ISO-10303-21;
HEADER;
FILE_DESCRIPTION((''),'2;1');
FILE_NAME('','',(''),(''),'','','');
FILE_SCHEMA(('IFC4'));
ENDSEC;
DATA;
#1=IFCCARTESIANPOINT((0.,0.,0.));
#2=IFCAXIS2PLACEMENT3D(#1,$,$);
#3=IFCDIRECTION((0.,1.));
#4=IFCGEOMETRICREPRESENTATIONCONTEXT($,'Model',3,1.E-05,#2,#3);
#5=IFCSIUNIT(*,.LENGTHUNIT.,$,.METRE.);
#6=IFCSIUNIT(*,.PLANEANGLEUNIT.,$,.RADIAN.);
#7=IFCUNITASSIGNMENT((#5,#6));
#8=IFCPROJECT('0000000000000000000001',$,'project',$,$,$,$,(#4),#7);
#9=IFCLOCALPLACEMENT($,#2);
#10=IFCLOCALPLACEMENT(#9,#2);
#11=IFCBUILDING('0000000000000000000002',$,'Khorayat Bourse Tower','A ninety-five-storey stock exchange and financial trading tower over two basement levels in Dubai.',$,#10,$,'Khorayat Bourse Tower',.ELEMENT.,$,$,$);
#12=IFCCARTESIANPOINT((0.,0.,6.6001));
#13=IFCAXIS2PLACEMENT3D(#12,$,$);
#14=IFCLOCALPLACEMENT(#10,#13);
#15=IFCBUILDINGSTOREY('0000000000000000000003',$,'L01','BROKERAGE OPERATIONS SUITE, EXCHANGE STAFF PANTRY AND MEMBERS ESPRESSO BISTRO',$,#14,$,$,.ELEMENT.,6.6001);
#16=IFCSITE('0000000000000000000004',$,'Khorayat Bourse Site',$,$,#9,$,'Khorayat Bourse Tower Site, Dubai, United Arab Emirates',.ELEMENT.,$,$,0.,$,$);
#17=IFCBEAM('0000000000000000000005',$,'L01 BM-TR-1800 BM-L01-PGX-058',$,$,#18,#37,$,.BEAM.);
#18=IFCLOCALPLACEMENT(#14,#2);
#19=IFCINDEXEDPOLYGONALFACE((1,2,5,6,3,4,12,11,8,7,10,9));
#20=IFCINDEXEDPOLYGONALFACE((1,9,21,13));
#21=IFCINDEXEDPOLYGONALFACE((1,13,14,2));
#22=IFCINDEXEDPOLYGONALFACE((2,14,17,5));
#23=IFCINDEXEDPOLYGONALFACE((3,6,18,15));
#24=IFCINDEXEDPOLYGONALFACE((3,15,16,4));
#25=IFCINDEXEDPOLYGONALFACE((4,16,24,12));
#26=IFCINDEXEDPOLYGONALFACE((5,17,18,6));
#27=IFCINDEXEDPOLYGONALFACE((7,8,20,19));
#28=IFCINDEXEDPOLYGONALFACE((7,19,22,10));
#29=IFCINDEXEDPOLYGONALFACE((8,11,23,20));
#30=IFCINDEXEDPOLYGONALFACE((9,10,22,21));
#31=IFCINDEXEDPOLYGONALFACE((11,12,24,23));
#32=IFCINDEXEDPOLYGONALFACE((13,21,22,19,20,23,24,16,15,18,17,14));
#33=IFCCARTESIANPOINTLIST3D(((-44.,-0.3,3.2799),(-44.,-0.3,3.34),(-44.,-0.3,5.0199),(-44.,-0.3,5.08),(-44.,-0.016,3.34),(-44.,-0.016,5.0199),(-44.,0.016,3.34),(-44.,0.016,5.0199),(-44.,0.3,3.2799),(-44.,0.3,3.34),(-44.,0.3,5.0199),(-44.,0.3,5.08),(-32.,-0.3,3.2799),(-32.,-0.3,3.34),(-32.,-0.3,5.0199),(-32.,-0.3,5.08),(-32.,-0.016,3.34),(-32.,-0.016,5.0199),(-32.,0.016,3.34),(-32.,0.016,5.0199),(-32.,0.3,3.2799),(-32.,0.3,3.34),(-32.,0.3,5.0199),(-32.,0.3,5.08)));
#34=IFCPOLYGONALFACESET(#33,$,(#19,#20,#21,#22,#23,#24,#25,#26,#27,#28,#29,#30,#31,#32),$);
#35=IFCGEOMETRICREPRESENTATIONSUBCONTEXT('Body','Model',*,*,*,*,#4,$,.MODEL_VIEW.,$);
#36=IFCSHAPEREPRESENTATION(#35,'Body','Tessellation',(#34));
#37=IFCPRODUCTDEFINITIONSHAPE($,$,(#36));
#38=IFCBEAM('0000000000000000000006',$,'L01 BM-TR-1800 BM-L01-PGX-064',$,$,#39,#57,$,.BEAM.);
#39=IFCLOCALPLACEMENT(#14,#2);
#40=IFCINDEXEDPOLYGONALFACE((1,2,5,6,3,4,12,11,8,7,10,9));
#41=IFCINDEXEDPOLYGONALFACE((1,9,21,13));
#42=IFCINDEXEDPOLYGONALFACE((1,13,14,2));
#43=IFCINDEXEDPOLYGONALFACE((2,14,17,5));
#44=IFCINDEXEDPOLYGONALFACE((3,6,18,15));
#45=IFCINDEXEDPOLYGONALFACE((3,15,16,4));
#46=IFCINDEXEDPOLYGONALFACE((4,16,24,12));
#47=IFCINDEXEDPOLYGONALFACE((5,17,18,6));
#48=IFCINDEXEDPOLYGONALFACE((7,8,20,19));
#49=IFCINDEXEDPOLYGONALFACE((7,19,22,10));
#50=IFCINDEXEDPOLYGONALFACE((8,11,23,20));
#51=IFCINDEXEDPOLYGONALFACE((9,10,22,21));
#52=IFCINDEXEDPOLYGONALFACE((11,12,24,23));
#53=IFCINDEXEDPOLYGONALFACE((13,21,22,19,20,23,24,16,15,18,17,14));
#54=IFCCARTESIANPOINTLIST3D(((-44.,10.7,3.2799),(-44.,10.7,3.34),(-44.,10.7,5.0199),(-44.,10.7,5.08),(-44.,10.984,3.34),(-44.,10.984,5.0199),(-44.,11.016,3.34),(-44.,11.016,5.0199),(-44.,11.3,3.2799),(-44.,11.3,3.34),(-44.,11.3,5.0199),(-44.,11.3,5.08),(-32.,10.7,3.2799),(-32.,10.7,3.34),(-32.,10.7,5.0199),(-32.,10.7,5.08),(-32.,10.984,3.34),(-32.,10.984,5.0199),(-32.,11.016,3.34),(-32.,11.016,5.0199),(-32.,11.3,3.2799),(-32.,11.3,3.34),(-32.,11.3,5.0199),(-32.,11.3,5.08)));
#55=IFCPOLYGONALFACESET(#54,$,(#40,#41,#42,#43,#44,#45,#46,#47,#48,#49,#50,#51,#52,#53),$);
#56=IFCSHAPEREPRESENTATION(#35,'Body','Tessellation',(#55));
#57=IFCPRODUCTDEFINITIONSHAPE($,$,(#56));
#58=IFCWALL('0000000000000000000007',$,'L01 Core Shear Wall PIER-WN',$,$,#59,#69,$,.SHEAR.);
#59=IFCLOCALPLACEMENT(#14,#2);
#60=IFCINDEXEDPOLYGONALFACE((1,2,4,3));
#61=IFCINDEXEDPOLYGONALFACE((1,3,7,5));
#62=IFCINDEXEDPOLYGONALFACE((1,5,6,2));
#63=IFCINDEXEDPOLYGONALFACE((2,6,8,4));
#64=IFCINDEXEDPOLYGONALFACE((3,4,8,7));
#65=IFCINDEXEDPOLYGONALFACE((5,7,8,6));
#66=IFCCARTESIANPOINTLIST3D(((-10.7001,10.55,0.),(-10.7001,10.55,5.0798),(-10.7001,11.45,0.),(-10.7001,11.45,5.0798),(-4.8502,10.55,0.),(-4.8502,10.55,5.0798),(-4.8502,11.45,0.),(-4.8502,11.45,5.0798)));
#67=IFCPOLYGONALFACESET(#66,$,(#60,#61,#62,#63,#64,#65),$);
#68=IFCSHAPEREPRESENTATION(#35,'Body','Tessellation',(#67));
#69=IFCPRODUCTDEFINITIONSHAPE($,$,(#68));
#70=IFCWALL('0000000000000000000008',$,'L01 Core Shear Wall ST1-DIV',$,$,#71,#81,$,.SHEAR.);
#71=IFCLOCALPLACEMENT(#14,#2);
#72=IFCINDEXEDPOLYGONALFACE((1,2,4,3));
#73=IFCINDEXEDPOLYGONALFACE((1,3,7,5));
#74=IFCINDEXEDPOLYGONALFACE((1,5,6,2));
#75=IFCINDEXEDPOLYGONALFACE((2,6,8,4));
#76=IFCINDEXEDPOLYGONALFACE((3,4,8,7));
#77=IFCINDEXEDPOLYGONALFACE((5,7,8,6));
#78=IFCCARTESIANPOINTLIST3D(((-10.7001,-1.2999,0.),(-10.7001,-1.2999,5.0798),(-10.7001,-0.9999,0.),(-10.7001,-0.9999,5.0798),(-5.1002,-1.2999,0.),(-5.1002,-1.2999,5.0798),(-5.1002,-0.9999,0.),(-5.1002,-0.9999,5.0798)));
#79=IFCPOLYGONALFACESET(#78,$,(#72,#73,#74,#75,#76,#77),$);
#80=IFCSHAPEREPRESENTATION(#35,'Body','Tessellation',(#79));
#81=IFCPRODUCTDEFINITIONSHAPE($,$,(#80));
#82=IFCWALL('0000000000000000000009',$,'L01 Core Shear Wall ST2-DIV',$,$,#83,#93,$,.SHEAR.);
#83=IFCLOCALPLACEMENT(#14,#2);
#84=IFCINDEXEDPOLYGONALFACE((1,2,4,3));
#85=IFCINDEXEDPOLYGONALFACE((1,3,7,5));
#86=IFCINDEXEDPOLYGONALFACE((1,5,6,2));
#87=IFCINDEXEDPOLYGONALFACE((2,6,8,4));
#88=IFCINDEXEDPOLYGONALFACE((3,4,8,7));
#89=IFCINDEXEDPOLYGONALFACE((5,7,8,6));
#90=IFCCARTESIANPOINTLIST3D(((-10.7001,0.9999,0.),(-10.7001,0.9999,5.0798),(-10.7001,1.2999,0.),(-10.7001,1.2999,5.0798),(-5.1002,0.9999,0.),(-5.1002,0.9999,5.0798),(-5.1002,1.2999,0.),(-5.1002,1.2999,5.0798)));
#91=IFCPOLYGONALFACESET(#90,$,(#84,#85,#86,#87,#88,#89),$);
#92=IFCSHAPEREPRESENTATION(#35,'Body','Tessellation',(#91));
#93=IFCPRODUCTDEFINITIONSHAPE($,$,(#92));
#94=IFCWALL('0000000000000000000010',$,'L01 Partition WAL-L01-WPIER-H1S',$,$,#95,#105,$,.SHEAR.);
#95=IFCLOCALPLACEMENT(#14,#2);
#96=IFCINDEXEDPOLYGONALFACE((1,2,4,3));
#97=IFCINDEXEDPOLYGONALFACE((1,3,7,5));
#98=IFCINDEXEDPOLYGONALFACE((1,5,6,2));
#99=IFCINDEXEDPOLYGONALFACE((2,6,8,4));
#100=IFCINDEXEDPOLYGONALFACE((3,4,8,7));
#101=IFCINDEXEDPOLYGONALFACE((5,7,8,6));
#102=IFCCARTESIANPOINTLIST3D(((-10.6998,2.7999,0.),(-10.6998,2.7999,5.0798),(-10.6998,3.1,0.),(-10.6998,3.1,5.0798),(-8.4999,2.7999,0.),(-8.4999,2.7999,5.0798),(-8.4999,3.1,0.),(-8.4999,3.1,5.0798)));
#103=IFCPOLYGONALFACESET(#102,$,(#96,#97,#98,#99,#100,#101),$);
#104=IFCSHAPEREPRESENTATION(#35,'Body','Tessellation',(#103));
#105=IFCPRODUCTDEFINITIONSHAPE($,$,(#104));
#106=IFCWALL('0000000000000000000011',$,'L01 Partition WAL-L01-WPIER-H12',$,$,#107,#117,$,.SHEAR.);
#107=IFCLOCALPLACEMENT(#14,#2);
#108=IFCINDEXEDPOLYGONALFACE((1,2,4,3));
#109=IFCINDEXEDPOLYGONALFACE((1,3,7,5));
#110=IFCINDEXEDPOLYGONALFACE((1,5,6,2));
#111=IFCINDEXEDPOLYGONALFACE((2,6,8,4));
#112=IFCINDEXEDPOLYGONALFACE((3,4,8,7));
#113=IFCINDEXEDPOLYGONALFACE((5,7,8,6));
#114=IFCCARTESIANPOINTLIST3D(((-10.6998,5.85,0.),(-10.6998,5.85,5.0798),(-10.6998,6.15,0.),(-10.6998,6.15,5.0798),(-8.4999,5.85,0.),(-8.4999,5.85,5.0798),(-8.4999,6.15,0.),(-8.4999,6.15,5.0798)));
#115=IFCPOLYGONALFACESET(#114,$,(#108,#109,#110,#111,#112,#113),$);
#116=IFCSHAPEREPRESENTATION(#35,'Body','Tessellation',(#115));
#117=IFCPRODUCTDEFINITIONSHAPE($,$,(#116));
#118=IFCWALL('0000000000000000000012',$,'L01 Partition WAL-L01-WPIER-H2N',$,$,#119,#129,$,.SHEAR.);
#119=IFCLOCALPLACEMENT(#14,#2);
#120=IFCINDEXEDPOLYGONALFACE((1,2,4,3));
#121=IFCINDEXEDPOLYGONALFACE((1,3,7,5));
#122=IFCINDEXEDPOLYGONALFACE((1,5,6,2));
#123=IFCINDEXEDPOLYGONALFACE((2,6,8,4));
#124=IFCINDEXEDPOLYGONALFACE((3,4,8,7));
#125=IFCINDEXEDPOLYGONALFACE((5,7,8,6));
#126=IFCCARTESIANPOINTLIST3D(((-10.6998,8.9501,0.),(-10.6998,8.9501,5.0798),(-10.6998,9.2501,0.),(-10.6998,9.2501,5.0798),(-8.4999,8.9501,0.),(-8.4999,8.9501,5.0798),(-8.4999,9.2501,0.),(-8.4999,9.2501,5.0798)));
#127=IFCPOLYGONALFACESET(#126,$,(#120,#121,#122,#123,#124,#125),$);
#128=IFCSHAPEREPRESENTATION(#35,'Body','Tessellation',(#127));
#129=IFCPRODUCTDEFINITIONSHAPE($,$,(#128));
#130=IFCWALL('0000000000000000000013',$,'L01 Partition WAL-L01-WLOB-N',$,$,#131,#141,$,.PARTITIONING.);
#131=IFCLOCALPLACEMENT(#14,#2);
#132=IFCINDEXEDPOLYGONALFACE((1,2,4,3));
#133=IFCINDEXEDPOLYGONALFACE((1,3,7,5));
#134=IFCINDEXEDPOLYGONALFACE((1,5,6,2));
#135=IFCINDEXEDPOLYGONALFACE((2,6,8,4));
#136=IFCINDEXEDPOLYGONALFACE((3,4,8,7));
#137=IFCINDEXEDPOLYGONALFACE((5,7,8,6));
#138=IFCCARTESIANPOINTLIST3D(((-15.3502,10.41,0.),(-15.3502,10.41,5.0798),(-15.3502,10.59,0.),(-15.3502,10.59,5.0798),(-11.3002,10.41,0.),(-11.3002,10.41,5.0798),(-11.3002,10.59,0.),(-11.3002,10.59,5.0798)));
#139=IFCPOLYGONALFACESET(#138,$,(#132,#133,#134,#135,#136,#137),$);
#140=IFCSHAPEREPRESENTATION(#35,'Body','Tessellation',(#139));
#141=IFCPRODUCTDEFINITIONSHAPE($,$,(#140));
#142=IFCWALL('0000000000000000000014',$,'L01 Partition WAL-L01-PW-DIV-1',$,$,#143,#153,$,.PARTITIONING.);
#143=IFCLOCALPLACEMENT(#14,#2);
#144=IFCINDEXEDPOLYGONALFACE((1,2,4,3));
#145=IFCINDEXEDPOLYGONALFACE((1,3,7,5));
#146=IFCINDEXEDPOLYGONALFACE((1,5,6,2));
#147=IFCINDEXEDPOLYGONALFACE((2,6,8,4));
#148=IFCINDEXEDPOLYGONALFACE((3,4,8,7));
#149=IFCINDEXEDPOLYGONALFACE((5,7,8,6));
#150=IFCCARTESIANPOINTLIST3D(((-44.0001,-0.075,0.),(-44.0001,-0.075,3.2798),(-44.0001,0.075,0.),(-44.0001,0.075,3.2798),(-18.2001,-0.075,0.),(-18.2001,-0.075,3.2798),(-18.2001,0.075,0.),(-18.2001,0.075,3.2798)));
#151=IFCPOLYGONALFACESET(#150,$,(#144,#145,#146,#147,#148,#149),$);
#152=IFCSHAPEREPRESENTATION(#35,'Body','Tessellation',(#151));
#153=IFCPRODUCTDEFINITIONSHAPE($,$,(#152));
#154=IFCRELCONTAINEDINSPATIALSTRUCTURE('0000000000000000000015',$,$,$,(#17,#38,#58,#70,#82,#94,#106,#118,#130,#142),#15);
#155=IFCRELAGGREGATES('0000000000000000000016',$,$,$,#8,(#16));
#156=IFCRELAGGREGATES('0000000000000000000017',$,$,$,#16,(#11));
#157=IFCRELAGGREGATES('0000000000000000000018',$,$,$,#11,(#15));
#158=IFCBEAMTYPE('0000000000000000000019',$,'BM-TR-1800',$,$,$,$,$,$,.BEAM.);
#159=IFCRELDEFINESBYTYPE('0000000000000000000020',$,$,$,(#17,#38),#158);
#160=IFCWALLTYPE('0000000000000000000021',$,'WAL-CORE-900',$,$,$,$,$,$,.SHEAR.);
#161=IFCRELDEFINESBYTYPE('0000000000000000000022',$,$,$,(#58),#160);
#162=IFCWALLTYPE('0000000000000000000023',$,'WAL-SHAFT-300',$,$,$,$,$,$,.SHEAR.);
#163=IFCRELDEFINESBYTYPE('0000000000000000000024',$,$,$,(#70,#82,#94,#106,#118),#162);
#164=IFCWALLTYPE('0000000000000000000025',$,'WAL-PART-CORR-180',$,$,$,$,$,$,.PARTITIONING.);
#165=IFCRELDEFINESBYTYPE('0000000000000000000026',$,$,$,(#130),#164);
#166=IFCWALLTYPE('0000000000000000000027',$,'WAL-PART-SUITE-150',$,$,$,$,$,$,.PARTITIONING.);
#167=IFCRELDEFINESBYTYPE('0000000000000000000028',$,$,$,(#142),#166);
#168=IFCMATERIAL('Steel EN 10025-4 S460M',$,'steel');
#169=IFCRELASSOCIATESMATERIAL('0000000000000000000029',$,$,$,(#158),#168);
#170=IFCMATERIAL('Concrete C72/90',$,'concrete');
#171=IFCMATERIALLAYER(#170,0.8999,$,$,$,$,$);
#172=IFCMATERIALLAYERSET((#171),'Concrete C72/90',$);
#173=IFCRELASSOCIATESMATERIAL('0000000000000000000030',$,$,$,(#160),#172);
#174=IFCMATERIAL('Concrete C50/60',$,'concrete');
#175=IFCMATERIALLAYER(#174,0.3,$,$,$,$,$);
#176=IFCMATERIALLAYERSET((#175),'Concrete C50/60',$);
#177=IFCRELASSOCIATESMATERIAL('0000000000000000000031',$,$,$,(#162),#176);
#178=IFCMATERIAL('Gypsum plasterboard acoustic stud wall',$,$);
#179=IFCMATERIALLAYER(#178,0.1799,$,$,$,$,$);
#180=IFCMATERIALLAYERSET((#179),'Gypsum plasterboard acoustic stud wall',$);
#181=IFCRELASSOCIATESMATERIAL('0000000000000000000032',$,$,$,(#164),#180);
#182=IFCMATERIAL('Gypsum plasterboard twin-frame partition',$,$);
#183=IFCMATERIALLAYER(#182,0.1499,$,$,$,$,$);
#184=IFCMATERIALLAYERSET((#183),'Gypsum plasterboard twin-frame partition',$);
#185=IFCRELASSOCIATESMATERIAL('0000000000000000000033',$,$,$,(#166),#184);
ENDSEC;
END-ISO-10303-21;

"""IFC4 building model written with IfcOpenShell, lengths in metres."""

from ifc_helpers import new_model, si_unit, direction, frame, frame_2d, origin, origin_2d, place, context, subcontext, project, spatial, rectangle, i_section, extrude, source, transform, mapped, material, layer, layer_set, material_profile, profile_set, type_object, element, save


model = new_model("IFC4")

# Units and contexts
model_context = context("Model", 3, precision=1e-05, world=origin(), true_north=direction((0.0, 1.0)))
body_context = subcontext(model_context, "Body", "Model", "MODEL_VIEW")
ifc_project = project(units=[si_unit("LENGTHUNIT", "METRE"), si_unit("PLANEANGLEUNIT", "RADIAN")], contexts=[model_context])

# Site, building, storey
site_placement = place(None, origin())
site = spatial("IfcSite", under=ifc_project, at=site_placement, Name="Khorayat Bourse Site", LongName="Khorayat Bourse Tower Site, Dubai, United Arab Emirates", CompositionType="ELEMENT", RefElevation=0.0)
building_placement = place(site_placement, origin())
building = spatial("IfcBuilding", under=site, at=building_placement, Name="Khorayat Bourse Tower", Description="A ninety-five-storey stock exchange and financial trading tower over two basement levels in Dubai.", LongName="Khorayat Bourse Tower", CompositionType="ELEMENT")
storey_placement = place(building_placement, frame((0.0, 0.0, 6.6001)))
storey = spatial("IfcBuildingStorey", under=building, at=storey_placement, Name="L01", Description="BROKERAGE OPERATIONS SUITE, EXCHANGE STAFF PANTRY AND MEMBERS ESPRESSO BISTRO", CompositionType="ELEMENT", Elevation=6.6001)

# Shared definitions
ifc_material_1 = material(Name="Concrete C72/90", Category="concrete")

# Beams
ifc_material_2 = material(Name="Steel EN 10025-4 S460M", Category="steel")
ifc_material_profile_1 = material_profile(ifc_material_2, i_section(OverallWidth=0.6001, OverallDepth=1.8, WebThickness=0.032, FlangeThickness=0.0601, at=origin_2d()), Name="PG 1800x600x32x60")
ifc_profile_set_1 = profile_set([ifc_material_profile_1], Name="Steel EN 10025-4 S460M")
beam_type_1 = type_object("IfcBeamType", Name="BM-TR-1800", PredefinedType="BEAM", material=ifc_profile_set_1)
shared_shape_1 = source(origin(), body_context, "Body", "SweptSolid", [
    extrude(i_section(OverallWidth=0.6001, OverallDepth=1.8, WebThickness=0.032, FlangeThickness=0.0601, at=origin_2d()), origin(), (0.0, 0.0, 1.0), 12.0),
])
for number, where, z_axis, x_axis, name in (
    (1, (-44.0, 0.0, 4.1799), (1.0, 0.0, 0.0), (0.0, 1.0, 0.0), "L01 BM-TR-1800 BM-L01-PGX-058"),
    (2, (-44.0, 11.0, 4.1799), (1.0, 0.0, 0.0), (0.0, 1.0, 0.0), "L01 BM-TR-1800 BM-L01-PGX-064"),
):
    element("IfcBeam", number, at=place(storey_placement, frame(where, z_axis=z_axis, x_axis=x_axis)), inside=storey, type_object=beam_type_1, Name=name, PredefinedType="BEAM", context=body_context, shape_type="MappedRepresentation", body=[
        mapped(shared_shape_1, transform((0.0, 0.0, 0.0), scale=1.0)),
    ])

# Walls
ifc_layer_1 = layer(ifc_material_1, 0.8999)
ifc_layer_set_1 = layer_set([ifc_layer_1], Name="Concrete C72/90")
wall_type_1 = type_object("IfcWallType", Name="WAL-CORE-900", PredefinedType="SHEAR", material=ifc_layer_set_1)
shared_shape_2 = source(origin(), body_context, "Body", "SweptSolid", [
    extrude(rectangle(XDim=5.8499, YDim=0.8999, at=frame_2d((2.9248, 0.0))), origin(), (0.0, 0.0, 1.0), 5.0798),
])
wall_1_placement = place(storey_placement, frame((-10.7, 11.0, 0.0), z_axis=(0.0, 0.0, 1.0), x_axis=(1.0, 0.0, 0.0)))
element("IfcWall", 3, at=wall_1_placement, inside=storey, type_object=wall_type_1, Name="L01 Core Shear Wall PIER-WN", PredefinedType="SHEAR", context=body_context, shape_type="MappedRepresentation", body=[
    mapped(shared_shape_2, transform((0.0, 0.0, 0.0), scale=1.0)),
])
ifc_material_3 = material(Name="Concrete C50/60", Category="concrete")
ifc_layer_2 = layer(ifc_material_3, 0.3)
ifc_layer_set_2 = layer_set([ifc_layer_2], Name="Concrete C50/60")
wall_type_2 = type_object("IfcWallType", Name="WAL-SHAFT-300", PredefinedType="SHEAR", material=ifc_layer_set_2)
shared_shape_3 = source(origin(), body_context, "Body", "SweptSolid", [
    extrude(rectangle(XDim=5.5999, YDim=0.3, at=frame_2d((2.7998, 0.0))), origin(), (0.0, 0.0, 1.0), 5.0798),
])
for number, where, z_axis, x_axis, name in (
    (4, (-10.7, -1.1499, 0.0), (0.0, 0.0, 1.0), (1.0, 0.0, 0.0), "L01 Core Shear Wall ST1-DIV"),
    (5, (-10.7, 1.1499, 0.0), (0.0, 0.0, 1.0), (1.0, 0.0, 0.0), "L01 Core Shear Wall ST2-DIV"),
):
    element("IfcWall", number, at=place(storey_placement, frame(where, z_axis=z_axis, x_axis=x_axis)), inside=storey, type_object=wall_type_2, Name=name, PredefinedType="SHEAR", context=body_context, shape_type="MappedRepresentation", body=[
        mapped(shared_shape_3, transform((0.0, 0.0, 0.0), scale=1.0)),
    ])
shared_shape_4 = source(origin(), body_context, "Body", "SweptSolid", [
    extrude(rectangle(XDim=2.2, YDim=0.3, at=frame_2d((1.1001, 0.0))), origin(), (0.0, 0.0, 1.0), 5.0798),
])
for number, where, z_axis, x_axis, name in (
    (6, (-10.7, 2.95, 0.0), (0.0, 0.0, 1.0), (1.0, 0.0, 0.0), "L01 Partition WAL-L01-WPIER-H1S"),
    (7, (-10.7, 6.0, 0.0), (0.0, 0.0, 1.0), (1.0, 0.0, 0.0), "L01 Partition WAL-L01-WPIER-H12"),
    (8, (-10.7, 9.1001, 0.0), (0.0, 0.0, 1.0), (1.0, 0.0, 0.0), "L01 Partition WAL-L01-WPIER-H2N"),
):
    element("IfcWall", number, at=place(storey_placement, frame(where, z_axis=z_axis, x_axis=x_axis)), inside=storey, type_object=wall_type_2, Name=name, PredefinedType="SHEAR", context=body_context, shape_type="MappedRepresentation", body=[
        mapped(shared_shape_4, transform((0.0, 0.0, 0.0), scale=1.0)),
    ])
ifc_material_4 = material(Name="Gypsum plasterboard acoustic stud wall")
ifc_layer_3 = layer(ifc_material_4, 0.1799)
ifc_layer_set_3 = layer_set([ifc_layer_3], Name="Gypsum plasterboard acoustic stud wall")
wall_type_3 = type_object("IfcWallType", Name="WAL-PART-CORR-180", PredefinedType="PARTITIONING", material=ifc_layer_set_3)
shared_shape_5 = source(origin(), body_context, "Body", "SweptSolid", [
    extrude(rectangle(XDim=4.05, YDim=0.1799, at=frame_2d((2.0249, 0.0))), origin(), (0.0, 0.0, 1.0), 5.0798),
])
wall_2_placement = place(storey_placement, frame((-15.3501, 10.5, 0.0), z_axis=(0.0, 0.0, 1.0), x_axis=(1.0, 0.0, 0.0)))
element("IfcWall", 9, at=wall_2_placement, inside=storey, type_object=wall_type_3, Name="L01 Partition WAL-L01-WLOB-N", PredefinedType="PARTITIONING", context=body_context, shape_type="MappedRepresentation", body=[
    mapped(shared_shape_5, transform((0.0, 0.0, 0.0), scale=1.0)),
])
ifc_material_5 = material(Name="Gypsum plasterboard twin-frame partition")
ifc_layer_4 = layer(ifc_material_5, 0.1499)
ifc_layer_set_4 = layer_set([ifc_layer_4], Name="Gypsum plasterboard twin-frame partition")
wall_type_4 = type_object("IfcWallType", Name="WAL-PART-SUITE-150", PredefinedType="PARTITIONING", material=ifc_layer_set_4)
shared_shape_6 = source(origin(), body_context, "Body", "SweptSolid", [
    extrude(rectangle(XDim=25.8, YDim=0.1499, at=frame_2d((12.8999, 0.0))), origin(), (0.0, 0.0, 1.0), 3.2798),
])
wall_3_placement = place(storey_placement, frame((-44.0, 0.0, 0.0), z_axis=(0.0, 0.0, 1.0), x_axis=(1.0, 0.0, 0.0)))
element("IfcWall", 10, at=wall_3_placement, inside=storey, type_object=wall_type_4, Name="L01 Partition WAL-L01-PW-DIV-1", PredefinedType="PARTITIONING", context=body_context, shape_type="MappedRepresentation", body=[
    mapped(shared_shape_6, transform((0.0, 0.0, 0.0), scale=1.0)),
])

save(model, "model.ifc")
